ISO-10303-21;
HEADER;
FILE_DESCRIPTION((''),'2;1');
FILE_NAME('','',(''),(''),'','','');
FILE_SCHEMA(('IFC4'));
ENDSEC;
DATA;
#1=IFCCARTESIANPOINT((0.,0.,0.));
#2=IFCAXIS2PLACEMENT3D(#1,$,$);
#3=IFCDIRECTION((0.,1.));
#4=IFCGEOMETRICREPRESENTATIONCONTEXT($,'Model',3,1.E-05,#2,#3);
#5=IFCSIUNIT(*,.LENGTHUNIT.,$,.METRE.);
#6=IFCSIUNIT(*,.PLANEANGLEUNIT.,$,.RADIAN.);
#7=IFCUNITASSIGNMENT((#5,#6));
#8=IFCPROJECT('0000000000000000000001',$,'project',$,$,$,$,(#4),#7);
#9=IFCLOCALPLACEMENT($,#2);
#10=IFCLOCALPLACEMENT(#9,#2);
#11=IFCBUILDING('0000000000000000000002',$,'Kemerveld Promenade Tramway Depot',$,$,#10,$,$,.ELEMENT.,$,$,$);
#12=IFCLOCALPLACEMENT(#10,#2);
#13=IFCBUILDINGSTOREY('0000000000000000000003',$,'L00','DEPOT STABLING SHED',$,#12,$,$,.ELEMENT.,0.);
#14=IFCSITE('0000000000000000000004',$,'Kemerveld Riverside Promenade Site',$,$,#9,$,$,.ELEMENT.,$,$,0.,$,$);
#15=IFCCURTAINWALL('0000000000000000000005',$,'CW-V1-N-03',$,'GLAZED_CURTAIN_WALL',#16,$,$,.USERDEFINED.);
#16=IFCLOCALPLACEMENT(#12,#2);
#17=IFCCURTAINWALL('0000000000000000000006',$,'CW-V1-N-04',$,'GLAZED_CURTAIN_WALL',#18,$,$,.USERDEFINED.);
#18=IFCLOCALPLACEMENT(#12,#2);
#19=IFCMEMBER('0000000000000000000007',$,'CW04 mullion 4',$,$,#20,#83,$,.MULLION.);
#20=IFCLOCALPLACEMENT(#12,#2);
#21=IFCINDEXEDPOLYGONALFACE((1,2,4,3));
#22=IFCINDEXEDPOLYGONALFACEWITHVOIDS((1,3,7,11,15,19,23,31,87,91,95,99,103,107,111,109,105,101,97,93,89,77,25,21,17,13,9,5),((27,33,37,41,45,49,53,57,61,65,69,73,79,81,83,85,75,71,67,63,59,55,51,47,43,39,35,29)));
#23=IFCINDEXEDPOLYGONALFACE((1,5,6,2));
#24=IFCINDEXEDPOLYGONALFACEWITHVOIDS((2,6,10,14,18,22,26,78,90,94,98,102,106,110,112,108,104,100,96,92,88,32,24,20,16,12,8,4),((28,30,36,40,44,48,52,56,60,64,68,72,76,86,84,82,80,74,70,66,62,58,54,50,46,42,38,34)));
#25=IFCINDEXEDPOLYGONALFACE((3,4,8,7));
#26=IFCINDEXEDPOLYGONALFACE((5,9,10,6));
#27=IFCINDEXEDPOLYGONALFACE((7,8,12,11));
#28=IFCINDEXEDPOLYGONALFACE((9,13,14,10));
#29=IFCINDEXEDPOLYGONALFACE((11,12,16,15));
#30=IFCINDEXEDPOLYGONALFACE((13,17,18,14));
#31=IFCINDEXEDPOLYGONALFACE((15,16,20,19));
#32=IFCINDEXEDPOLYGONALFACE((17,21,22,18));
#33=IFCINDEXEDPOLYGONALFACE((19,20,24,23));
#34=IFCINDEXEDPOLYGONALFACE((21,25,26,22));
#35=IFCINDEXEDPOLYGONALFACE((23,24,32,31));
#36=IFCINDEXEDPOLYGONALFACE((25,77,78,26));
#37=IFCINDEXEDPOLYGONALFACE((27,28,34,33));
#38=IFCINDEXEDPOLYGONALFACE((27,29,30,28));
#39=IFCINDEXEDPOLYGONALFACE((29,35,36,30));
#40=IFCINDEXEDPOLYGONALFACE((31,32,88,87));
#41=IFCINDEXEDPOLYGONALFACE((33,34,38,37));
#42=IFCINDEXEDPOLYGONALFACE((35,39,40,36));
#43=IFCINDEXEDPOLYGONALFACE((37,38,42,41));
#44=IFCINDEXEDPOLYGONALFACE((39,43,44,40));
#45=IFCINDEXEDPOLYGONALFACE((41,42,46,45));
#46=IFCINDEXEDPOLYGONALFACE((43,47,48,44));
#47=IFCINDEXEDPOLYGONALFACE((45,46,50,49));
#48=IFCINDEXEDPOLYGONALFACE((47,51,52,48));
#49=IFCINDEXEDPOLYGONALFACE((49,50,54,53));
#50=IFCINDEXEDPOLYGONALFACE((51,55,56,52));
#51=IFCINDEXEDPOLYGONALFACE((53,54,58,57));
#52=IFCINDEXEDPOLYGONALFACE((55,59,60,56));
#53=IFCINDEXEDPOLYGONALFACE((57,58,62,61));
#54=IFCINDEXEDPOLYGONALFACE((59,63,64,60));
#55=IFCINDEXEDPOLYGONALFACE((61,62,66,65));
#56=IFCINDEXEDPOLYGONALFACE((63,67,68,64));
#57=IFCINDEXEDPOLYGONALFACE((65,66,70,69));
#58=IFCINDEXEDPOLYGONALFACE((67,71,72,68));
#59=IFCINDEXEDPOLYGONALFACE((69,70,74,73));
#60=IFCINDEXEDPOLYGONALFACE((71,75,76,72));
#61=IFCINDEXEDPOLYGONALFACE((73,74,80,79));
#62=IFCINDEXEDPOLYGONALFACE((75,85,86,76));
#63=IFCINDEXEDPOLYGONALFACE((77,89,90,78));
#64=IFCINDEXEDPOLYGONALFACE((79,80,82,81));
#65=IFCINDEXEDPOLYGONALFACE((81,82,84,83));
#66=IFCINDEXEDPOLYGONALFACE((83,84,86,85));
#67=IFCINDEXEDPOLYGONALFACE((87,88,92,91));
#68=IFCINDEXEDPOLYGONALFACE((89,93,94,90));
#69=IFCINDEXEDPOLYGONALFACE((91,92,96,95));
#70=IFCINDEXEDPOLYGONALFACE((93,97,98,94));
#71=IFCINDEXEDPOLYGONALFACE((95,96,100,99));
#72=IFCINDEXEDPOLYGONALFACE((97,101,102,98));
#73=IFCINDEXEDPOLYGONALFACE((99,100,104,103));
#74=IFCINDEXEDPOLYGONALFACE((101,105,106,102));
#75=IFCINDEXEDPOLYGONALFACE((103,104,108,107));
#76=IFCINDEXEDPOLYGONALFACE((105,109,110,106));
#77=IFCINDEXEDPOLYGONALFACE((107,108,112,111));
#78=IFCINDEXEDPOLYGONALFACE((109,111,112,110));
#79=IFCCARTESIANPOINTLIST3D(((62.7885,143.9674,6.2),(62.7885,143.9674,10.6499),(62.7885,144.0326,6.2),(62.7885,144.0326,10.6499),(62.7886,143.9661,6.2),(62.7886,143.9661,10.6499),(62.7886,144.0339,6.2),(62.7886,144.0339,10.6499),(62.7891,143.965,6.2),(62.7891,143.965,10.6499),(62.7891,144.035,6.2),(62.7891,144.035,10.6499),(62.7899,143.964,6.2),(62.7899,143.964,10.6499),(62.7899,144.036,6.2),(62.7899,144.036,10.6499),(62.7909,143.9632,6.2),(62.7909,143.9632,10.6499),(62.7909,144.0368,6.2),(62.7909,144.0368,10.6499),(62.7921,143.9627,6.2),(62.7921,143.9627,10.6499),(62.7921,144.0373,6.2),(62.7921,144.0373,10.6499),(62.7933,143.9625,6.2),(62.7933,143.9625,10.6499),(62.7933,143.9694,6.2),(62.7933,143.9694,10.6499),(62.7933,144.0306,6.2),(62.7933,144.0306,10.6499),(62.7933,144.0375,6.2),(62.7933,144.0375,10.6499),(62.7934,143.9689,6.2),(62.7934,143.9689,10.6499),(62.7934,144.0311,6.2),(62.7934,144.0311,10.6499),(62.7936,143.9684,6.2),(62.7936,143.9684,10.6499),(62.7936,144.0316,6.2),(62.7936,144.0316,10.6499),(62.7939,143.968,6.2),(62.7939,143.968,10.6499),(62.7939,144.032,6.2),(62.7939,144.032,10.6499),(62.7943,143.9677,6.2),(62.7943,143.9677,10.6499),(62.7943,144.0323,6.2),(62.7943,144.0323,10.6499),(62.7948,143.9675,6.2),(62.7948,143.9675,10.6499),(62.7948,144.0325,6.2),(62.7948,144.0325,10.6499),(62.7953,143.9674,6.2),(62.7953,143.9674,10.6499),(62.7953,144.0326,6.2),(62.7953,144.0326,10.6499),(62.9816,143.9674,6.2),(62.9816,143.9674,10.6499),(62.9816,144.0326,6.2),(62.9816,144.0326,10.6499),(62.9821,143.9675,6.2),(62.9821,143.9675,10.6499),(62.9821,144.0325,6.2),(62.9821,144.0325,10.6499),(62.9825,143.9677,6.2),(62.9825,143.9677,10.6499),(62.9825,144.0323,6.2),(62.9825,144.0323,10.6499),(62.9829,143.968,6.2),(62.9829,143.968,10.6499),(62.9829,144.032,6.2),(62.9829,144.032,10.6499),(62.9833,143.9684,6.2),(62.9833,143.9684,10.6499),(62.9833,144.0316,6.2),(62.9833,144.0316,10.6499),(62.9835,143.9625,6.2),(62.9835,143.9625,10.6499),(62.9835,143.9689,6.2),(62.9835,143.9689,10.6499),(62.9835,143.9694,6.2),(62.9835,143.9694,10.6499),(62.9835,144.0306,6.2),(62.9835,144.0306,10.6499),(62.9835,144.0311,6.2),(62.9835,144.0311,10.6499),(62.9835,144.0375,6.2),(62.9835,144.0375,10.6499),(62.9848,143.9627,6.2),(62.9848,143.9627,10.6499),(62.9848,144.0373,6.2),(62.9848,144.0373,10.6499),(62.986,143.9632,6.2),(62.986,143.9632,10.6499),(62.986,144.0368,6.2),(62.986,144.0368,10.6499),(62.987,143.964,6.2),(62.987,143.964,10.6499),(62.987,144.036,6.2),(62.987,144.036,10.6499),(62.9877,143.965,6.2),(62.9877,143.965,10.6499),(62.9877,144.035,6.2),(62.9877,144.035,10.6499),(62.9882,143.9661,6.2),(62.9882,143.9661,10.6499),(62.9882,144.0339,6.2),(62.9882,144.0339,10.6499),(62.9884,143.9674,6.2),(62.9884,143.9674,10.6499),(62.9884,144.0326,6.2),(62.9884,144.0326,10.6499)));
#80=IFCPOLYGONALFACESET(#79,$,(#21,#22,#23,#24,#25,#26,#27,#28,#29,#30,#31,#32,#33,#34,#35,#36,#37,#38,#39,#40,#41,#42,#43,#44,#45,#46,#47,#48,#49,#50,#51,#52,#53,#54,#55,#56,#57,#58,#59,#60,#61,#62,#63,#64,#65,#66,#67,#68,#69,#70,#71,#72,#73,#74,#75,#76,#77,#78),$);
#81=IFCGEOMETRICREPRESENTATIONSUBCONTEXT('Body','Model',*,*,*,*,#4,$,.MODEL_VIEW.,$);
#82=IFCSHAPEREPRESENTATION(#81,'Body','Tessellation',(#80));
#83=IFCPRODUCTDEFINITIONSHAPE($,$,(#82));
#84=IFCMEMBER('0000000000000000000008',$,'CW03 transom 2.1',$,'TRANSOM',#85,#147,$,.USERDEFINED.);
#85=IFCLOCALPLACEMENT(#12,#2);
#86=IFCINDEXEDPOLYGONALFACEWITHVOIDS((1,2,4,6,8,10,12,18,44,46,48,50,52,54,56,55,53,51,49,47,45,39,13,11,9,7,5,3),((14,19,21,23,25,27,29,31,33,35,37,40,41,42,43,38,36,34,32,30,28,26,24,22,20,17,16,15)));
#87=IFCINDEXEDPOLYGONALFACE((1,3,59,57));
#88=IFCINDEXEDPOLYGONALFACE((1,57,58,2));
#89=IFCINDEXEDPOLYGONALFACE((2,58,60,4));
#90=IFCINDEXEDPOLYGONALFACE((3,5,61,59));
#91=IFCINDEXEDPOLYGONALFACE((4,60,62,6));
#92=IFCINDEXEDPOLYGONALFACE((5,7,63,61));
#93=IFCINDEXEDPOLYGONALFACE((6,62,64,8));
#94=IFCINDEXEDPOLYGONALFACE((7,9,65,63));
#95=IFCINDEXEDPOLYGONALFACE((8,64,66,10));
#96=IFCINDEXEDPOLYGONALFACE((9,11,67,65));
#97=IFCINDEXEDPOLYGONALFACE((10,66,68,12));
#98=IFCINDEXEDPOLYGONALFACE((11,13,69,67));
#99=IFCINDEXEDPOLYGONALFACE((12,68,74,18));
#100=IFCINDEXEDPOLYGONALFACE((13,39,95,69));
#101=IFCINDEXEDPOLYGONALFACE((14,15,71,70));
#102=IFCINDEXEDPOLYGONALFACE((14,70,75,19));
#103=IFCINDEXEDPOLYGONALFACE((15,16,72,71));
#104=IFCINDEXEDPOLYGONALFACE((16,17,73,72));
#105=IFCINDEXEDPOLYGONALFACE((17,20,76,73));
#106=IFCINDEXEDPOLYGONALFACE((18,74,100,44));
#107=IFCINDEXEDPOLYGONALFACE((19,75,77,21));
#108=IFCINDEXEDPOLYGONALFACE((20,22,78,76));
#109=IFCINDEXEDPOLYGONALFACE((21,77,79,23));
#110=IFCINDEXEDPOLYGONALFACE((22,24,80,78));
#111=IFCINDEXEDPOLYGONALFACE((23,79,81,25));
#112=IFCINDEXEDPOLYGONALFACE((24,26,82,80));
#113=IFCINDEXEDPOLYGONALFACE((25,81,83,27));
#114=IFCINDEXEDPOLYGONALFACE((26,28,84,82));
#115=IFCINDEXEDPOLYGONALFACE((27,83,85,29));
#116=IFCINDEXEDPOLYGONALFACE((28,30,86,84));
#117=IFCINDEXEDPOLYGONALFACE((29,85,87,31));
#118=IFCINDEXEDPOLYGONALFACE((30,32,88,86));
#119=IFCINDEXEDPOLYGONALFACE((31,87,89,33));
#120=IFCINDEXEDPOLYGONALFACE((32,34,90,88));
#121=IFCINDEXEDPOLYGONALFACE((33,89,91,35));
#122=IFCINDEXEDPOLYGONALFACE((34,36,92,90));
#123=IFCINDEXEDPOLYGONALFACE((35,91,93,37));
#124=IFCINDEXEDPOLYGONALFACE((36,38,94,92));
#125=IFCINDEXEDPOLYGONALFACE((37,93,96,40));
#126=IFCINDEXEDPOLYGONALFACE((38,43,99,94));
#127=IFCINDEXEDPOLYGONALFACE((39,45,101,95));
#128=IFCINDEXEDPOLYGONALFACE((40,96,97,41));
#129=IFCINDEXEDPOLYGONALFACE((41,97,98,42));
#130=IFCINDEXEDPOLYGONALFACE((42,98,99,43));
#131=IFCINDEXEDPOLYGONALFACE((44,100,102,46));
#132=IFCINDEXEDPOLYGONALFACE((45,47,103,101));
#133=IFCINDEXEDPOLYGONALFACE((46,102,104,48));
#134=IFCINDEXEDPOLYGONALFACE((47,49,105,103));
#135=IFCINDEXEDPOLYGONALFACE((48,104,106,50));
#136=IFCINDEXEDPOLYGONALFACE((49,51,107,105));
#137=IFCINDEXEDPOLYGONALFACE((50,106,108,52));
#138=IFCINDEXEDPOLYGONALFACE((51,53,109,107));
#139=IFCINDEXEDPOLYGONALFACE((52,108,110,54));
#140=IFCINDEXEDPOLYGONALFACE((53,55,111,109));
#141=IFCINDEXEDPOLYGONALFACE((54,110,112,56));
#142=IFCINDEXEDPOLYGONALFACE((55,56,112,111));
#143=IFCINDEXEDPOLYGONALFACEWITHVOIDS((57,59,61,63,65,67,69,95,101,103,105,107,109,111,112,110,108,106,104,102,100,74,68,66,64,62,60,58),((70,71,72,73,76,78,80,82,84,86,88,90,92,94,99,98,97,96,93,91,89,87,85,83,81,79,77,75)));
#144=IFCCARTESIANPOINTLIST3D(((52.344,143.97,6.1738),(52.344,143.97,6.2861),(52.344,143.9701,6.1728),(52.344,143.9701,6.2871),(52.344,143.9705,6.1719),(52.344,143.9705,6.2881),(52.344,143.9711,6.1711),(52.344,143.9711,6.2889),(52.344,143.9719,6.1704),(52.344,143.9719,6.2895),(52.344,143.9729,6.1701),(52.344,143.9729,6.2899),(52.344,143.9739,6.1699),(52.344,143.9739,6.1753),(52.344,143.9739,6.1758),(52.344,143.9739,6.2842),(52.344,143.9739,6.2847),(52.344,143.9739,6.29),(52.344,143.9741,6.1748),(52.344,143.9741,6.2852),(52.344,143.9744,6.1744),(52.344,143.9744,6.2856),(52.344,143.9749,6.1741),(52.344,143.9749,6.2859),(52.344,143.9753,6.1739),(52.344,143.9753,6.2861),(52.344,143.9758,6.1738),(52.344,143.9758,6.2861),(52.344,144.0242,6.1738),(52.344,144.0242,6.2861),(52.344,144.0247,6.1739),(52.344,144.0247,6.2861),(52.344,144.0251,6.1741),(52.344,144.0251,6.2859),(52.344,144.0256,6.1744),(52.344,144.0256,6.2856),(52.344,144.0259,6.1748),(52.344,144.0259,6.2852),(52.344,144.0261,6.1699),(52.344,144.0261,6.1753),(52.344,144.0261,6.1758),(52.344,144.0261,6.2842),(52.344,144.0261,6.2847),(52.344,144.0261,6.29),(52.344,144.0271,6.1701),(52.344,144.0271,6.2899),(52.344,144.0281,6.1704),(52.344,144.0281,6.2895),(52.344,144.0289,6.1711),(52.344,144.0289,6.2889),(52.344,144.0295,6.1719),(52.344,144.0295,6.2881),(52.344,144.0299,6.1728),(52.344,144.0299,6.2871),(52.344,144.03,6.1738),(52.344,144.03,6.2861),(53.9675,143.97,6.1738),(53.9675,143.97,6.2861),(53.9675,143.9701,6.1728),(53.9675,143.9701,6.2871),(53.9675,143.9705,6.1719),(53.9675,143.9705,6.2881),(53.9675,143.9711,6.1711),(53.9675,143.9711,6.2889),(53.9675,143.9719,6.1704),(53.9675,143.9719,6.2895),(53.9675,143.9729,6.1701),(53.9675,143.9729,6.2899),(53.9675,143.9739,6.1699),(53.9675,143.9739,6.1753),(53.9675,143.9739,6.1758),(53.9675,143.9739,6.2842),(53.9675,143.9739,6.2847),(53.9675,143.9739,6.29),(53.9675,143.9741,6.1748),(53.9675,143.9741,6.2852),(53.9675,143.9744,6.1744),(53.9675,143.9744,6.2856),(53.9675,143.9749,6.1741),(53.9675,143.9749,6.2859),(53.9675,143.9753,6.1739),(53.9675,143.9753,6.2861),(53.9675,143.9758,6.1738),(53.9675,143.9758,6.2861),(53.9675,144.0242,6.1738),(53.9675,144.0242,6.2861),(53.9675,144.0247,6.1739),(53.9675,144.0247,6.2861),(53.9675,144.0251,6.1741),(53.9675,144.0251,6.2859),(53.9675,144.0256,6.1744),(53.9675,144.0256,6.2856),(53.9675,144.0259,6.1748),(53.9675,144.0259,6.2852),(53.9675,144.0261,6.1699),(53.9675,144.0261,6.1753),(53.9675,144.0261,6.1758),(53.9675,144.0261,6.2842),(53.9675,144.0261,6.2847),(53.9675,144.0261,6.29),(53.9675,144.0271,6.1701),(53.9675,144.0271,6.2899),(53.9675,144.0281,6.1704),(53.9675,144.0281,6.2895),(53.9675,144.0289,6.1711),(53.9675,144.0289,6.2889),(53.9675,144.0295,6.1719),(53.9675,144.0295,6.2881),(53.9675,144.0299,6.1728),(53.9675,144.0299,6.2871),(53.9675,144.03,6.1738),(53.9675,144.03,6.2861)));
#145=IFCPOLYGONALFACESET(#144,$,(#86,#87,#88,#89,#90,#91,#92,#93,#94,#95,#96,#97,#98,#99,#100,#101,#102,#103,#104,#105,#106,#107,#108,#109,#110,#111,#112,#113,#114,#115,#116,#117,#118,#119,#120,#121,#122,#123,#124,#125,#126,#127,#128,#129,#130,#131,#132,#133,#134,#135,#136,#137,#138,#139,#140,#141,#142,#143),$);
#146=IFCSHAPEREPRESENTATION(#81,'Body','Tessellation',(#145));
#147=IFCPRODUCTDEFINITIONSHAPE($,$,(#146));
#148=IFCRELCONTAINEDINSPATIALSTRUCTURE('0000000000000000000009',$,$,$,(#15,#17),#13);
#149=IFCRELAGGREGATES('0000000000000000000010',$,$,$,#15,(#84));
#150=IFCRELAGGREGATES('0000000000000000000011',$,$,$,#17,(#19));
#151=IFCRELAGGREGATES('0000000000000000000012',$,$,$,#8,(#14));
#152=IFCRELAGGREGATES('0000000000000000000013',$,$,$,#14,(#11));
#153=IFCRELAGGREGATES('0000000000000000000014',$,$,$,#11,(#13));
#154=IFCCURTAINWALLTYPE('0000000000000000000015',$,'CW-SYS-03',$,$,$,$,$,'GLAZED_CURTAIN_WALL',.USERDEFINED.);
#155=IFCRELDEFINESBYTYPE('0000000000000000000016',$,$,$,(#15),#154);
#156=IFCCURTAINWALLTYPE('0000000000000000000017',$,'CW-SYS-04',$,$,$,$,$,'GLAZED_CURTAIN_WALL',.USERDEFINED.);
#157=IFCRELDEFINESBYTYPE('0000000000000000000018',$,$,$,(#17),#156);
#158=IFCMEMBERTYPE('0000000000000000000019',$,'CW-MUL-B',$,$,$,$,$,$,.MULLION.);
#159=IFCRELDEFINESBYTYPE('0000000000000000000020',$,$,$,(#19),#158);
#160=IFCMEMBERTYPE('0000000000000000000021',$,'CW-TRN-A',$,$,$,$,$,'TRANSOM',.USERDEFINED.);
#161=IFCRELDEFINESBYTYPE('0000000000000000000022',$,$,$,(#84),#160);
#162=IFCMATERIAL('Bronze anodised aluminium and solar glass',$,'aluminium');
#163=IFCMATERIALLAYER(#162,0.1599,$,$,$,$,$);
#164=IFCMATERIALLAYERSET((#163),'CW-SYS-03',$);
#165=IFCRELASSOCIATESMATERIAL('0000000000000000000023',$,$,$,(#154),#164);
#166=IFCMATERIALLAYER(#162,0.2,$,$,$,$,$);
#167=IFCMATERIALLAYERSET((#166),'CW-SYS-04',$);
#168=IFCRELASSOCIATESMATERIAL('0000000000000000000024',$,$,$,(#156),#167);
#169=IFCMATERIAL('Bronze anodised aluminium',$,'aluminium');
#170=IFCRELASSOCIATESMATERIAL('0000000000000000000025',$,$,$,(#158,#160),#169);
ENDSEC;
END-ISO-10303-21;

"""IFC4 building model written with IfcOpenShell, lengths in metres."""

from ifc_helpers import new_model, si_unit, direction, frame, origin, origin_2d, place, context, subcontext, project, spatial, hollow_rectangle, extrude, material, layer, layer_set, material_profile, profile_set, type_object, element, aggregate, save


model = new_model("IFC4")

# Units and contexts
model_context = context("Model", 3, precision=1e-05, world=origin(), true_north=direction((0.0, 1.0)))
body_context = subcontext(model_context, "Body", "Model", "MODEL_VIEW")
ifc_project = project(units=[si_unit("LENGTHUNIT", "METRE"), si_unit("PLANEANGLEUNIT", "RADIAN")], contexts=[model_context])

# Site, building, storey
site_placement = place(None, origin())
site = spatial("IfcSite", under=ifc_project, at=site_placement, Name="Kemerveld Riverside Promenade Site", CompositionType="ELEMENT", RefElevation=0.0)
building_placement = place(site_placement, origin())
building = spatial("IfcBuilding", under=site, at=building_placement, Name="Kemerveld Promenade Tramway Depot", CompositionType="ELEMENT")
storey_placement = place(building_placement, origin())
storey = spatial("IfcBuildingStorey", under=building, at=storey_placement, Name="L00", Description="DEPOT STABLING SHED", CompositionType="ELEMENT", Elevation=0.0)

# Curtain walls, member
ifc_material_1 = material(Name="Bronze anodised aluminium and solar glass", Category="aluminium")
ifc_layer_1 = layer(ifc_material_1, 0.1599)
ifc_layer_set_1 = layer_set([ifc_layer_1], Name="CW-SYS-03")
curtain_wall_type_1 = type_object("IfcCurtainWallType", Name="CW-SYS-03", ElementType="GLAZED_CURTAIN_WALL", PredefinedType="USERDEFINED", material=ifc_layer_set_1)
curtain_wall_1_placement = place(storey_placement, origin())
curtain_wall_1 = element("IfcCurtainWall", 1, at=curtain_wall_1_placement, inside=storey, type_object=curtain_wall_type_1, Name="CW-V1-N-03", ObjectType="GLAZED_CURTAIN_WALL", PredefinedType="USERDEFINED")
ifc_material_2 = material(Name="Bronze anodised aluminium", Category="aluminium")
ifc_layer_2 = layer(ifc_material_1, 0.2)
ifc_layer_set_2 = layer_set([ifc_layer_2], Name="CW-SYS-04")
curtain_wall_type_2 = type_object("IfcCurtainWallType", Name="CW-SYS-04", ElementType="GLAZED_CURTAIN_WALL", PredefinedType="USERDEFINED", material=ifc_layer_set_2)
curtain_wall_2_placement = place(storey_placement, origin())
curtain_wall_2 = element("IfcCurtainWall", 2, at=curtain_wall_2_placement, inside=storey, type_object=curtain_wall_type_2, Name="CW-V1-N-04", ObjectType="GLAZED_CURTAIN_WALL", PredefinedType="USERDEFINED")
ifc_material_profile_1 = material_profile(ifc_material_2, hollow_rectangle(XDim=0.075, YDim=0.2, WallThickness=0.0049, InnerFilletRadius=0.002, OuterFilletRadius=0.0049, at=origin_2d()), Name="CW-MUL-200x75")
ifc_profile_set_1 = profile_set([ifc_material_profile_1], Name="Bronze anodised aluminium")
member_type_1 = type_object("IfcMemberType", Name="CW-MUL-B", PredefinedType="MULLION", material=ifc_profile_set_1)
member_1_placement = place(storey_placement, frame((62.8884, 144.0, 6.2), z_axis=(0.0, 0.0, 1.0), x_axis=(0.0, 1.0, 0.0)))
member_1 = element("IfcMember", 3, at=member_1_placement, type_object=member_type_1, Name="CW04 mullion 4", PredefinedType="MULLION", context=body_context, shape_type="SweptSolid", body=[
    extrude(hollow_rectangle(XDim=0.075, YDim=0.2, WallThickness=0.0049, InnerFilletRadius=0.002, OuterFilletRadius=0.0049, at=origin_2d()), origin(), (0.0, 0.0, 1.0), 4.45),
])

# Member
ifc_material_profile_2 = material_profile(ifc_material_2, hollow_rectangle(XDim=0.0601, YDim=0.1201, WallThickness=0.0039, InnerFilletRadius=0.002, OuterFilletRadius=0.0039, at=origin_2d()), Name="CW-TRN-120x60")
ifc_profile_set_2 = profile_set([ifc_material_profile_2], Name="Bronze anodised aluminium")
member_type_2 = type_object("IfcMemberType", Name="CW-TRN-A", ElementType="TRANSOM", PredefinedType="USERDEFINED", material=ifc_profile_set_2)
member_2_placement = place(storey_placement, frame((52.344, 144.0, 6.23), z_axis=(1.0, 0.0, 0.0), x_axis=(0.0, 1.0, 0.0)))
member_2 = element("IfcMember", 4, at=member_2_placement, type_object=member_type_2, Name="CW03 transom 2.1", ObjectType="TRANSOM", PredefinedType="USERDEFINED", context=body_context, shape_type="SweptSolid", body=[
    extrude(hollow_rectangle(XDim=0.0601, YDim=0.1201, WallThickness=0.0039, InnerFilletRadius=0.002, OuterFilletRadius=0.0039, at=origin_2d()), origin(), (0.0, 0.0, 1.0), 1.6235),
])

aggregate(curtain_wall_1, [member_2])
aggregate(curtain_wall_2, [member_1])

save(model, "model.ifc")
